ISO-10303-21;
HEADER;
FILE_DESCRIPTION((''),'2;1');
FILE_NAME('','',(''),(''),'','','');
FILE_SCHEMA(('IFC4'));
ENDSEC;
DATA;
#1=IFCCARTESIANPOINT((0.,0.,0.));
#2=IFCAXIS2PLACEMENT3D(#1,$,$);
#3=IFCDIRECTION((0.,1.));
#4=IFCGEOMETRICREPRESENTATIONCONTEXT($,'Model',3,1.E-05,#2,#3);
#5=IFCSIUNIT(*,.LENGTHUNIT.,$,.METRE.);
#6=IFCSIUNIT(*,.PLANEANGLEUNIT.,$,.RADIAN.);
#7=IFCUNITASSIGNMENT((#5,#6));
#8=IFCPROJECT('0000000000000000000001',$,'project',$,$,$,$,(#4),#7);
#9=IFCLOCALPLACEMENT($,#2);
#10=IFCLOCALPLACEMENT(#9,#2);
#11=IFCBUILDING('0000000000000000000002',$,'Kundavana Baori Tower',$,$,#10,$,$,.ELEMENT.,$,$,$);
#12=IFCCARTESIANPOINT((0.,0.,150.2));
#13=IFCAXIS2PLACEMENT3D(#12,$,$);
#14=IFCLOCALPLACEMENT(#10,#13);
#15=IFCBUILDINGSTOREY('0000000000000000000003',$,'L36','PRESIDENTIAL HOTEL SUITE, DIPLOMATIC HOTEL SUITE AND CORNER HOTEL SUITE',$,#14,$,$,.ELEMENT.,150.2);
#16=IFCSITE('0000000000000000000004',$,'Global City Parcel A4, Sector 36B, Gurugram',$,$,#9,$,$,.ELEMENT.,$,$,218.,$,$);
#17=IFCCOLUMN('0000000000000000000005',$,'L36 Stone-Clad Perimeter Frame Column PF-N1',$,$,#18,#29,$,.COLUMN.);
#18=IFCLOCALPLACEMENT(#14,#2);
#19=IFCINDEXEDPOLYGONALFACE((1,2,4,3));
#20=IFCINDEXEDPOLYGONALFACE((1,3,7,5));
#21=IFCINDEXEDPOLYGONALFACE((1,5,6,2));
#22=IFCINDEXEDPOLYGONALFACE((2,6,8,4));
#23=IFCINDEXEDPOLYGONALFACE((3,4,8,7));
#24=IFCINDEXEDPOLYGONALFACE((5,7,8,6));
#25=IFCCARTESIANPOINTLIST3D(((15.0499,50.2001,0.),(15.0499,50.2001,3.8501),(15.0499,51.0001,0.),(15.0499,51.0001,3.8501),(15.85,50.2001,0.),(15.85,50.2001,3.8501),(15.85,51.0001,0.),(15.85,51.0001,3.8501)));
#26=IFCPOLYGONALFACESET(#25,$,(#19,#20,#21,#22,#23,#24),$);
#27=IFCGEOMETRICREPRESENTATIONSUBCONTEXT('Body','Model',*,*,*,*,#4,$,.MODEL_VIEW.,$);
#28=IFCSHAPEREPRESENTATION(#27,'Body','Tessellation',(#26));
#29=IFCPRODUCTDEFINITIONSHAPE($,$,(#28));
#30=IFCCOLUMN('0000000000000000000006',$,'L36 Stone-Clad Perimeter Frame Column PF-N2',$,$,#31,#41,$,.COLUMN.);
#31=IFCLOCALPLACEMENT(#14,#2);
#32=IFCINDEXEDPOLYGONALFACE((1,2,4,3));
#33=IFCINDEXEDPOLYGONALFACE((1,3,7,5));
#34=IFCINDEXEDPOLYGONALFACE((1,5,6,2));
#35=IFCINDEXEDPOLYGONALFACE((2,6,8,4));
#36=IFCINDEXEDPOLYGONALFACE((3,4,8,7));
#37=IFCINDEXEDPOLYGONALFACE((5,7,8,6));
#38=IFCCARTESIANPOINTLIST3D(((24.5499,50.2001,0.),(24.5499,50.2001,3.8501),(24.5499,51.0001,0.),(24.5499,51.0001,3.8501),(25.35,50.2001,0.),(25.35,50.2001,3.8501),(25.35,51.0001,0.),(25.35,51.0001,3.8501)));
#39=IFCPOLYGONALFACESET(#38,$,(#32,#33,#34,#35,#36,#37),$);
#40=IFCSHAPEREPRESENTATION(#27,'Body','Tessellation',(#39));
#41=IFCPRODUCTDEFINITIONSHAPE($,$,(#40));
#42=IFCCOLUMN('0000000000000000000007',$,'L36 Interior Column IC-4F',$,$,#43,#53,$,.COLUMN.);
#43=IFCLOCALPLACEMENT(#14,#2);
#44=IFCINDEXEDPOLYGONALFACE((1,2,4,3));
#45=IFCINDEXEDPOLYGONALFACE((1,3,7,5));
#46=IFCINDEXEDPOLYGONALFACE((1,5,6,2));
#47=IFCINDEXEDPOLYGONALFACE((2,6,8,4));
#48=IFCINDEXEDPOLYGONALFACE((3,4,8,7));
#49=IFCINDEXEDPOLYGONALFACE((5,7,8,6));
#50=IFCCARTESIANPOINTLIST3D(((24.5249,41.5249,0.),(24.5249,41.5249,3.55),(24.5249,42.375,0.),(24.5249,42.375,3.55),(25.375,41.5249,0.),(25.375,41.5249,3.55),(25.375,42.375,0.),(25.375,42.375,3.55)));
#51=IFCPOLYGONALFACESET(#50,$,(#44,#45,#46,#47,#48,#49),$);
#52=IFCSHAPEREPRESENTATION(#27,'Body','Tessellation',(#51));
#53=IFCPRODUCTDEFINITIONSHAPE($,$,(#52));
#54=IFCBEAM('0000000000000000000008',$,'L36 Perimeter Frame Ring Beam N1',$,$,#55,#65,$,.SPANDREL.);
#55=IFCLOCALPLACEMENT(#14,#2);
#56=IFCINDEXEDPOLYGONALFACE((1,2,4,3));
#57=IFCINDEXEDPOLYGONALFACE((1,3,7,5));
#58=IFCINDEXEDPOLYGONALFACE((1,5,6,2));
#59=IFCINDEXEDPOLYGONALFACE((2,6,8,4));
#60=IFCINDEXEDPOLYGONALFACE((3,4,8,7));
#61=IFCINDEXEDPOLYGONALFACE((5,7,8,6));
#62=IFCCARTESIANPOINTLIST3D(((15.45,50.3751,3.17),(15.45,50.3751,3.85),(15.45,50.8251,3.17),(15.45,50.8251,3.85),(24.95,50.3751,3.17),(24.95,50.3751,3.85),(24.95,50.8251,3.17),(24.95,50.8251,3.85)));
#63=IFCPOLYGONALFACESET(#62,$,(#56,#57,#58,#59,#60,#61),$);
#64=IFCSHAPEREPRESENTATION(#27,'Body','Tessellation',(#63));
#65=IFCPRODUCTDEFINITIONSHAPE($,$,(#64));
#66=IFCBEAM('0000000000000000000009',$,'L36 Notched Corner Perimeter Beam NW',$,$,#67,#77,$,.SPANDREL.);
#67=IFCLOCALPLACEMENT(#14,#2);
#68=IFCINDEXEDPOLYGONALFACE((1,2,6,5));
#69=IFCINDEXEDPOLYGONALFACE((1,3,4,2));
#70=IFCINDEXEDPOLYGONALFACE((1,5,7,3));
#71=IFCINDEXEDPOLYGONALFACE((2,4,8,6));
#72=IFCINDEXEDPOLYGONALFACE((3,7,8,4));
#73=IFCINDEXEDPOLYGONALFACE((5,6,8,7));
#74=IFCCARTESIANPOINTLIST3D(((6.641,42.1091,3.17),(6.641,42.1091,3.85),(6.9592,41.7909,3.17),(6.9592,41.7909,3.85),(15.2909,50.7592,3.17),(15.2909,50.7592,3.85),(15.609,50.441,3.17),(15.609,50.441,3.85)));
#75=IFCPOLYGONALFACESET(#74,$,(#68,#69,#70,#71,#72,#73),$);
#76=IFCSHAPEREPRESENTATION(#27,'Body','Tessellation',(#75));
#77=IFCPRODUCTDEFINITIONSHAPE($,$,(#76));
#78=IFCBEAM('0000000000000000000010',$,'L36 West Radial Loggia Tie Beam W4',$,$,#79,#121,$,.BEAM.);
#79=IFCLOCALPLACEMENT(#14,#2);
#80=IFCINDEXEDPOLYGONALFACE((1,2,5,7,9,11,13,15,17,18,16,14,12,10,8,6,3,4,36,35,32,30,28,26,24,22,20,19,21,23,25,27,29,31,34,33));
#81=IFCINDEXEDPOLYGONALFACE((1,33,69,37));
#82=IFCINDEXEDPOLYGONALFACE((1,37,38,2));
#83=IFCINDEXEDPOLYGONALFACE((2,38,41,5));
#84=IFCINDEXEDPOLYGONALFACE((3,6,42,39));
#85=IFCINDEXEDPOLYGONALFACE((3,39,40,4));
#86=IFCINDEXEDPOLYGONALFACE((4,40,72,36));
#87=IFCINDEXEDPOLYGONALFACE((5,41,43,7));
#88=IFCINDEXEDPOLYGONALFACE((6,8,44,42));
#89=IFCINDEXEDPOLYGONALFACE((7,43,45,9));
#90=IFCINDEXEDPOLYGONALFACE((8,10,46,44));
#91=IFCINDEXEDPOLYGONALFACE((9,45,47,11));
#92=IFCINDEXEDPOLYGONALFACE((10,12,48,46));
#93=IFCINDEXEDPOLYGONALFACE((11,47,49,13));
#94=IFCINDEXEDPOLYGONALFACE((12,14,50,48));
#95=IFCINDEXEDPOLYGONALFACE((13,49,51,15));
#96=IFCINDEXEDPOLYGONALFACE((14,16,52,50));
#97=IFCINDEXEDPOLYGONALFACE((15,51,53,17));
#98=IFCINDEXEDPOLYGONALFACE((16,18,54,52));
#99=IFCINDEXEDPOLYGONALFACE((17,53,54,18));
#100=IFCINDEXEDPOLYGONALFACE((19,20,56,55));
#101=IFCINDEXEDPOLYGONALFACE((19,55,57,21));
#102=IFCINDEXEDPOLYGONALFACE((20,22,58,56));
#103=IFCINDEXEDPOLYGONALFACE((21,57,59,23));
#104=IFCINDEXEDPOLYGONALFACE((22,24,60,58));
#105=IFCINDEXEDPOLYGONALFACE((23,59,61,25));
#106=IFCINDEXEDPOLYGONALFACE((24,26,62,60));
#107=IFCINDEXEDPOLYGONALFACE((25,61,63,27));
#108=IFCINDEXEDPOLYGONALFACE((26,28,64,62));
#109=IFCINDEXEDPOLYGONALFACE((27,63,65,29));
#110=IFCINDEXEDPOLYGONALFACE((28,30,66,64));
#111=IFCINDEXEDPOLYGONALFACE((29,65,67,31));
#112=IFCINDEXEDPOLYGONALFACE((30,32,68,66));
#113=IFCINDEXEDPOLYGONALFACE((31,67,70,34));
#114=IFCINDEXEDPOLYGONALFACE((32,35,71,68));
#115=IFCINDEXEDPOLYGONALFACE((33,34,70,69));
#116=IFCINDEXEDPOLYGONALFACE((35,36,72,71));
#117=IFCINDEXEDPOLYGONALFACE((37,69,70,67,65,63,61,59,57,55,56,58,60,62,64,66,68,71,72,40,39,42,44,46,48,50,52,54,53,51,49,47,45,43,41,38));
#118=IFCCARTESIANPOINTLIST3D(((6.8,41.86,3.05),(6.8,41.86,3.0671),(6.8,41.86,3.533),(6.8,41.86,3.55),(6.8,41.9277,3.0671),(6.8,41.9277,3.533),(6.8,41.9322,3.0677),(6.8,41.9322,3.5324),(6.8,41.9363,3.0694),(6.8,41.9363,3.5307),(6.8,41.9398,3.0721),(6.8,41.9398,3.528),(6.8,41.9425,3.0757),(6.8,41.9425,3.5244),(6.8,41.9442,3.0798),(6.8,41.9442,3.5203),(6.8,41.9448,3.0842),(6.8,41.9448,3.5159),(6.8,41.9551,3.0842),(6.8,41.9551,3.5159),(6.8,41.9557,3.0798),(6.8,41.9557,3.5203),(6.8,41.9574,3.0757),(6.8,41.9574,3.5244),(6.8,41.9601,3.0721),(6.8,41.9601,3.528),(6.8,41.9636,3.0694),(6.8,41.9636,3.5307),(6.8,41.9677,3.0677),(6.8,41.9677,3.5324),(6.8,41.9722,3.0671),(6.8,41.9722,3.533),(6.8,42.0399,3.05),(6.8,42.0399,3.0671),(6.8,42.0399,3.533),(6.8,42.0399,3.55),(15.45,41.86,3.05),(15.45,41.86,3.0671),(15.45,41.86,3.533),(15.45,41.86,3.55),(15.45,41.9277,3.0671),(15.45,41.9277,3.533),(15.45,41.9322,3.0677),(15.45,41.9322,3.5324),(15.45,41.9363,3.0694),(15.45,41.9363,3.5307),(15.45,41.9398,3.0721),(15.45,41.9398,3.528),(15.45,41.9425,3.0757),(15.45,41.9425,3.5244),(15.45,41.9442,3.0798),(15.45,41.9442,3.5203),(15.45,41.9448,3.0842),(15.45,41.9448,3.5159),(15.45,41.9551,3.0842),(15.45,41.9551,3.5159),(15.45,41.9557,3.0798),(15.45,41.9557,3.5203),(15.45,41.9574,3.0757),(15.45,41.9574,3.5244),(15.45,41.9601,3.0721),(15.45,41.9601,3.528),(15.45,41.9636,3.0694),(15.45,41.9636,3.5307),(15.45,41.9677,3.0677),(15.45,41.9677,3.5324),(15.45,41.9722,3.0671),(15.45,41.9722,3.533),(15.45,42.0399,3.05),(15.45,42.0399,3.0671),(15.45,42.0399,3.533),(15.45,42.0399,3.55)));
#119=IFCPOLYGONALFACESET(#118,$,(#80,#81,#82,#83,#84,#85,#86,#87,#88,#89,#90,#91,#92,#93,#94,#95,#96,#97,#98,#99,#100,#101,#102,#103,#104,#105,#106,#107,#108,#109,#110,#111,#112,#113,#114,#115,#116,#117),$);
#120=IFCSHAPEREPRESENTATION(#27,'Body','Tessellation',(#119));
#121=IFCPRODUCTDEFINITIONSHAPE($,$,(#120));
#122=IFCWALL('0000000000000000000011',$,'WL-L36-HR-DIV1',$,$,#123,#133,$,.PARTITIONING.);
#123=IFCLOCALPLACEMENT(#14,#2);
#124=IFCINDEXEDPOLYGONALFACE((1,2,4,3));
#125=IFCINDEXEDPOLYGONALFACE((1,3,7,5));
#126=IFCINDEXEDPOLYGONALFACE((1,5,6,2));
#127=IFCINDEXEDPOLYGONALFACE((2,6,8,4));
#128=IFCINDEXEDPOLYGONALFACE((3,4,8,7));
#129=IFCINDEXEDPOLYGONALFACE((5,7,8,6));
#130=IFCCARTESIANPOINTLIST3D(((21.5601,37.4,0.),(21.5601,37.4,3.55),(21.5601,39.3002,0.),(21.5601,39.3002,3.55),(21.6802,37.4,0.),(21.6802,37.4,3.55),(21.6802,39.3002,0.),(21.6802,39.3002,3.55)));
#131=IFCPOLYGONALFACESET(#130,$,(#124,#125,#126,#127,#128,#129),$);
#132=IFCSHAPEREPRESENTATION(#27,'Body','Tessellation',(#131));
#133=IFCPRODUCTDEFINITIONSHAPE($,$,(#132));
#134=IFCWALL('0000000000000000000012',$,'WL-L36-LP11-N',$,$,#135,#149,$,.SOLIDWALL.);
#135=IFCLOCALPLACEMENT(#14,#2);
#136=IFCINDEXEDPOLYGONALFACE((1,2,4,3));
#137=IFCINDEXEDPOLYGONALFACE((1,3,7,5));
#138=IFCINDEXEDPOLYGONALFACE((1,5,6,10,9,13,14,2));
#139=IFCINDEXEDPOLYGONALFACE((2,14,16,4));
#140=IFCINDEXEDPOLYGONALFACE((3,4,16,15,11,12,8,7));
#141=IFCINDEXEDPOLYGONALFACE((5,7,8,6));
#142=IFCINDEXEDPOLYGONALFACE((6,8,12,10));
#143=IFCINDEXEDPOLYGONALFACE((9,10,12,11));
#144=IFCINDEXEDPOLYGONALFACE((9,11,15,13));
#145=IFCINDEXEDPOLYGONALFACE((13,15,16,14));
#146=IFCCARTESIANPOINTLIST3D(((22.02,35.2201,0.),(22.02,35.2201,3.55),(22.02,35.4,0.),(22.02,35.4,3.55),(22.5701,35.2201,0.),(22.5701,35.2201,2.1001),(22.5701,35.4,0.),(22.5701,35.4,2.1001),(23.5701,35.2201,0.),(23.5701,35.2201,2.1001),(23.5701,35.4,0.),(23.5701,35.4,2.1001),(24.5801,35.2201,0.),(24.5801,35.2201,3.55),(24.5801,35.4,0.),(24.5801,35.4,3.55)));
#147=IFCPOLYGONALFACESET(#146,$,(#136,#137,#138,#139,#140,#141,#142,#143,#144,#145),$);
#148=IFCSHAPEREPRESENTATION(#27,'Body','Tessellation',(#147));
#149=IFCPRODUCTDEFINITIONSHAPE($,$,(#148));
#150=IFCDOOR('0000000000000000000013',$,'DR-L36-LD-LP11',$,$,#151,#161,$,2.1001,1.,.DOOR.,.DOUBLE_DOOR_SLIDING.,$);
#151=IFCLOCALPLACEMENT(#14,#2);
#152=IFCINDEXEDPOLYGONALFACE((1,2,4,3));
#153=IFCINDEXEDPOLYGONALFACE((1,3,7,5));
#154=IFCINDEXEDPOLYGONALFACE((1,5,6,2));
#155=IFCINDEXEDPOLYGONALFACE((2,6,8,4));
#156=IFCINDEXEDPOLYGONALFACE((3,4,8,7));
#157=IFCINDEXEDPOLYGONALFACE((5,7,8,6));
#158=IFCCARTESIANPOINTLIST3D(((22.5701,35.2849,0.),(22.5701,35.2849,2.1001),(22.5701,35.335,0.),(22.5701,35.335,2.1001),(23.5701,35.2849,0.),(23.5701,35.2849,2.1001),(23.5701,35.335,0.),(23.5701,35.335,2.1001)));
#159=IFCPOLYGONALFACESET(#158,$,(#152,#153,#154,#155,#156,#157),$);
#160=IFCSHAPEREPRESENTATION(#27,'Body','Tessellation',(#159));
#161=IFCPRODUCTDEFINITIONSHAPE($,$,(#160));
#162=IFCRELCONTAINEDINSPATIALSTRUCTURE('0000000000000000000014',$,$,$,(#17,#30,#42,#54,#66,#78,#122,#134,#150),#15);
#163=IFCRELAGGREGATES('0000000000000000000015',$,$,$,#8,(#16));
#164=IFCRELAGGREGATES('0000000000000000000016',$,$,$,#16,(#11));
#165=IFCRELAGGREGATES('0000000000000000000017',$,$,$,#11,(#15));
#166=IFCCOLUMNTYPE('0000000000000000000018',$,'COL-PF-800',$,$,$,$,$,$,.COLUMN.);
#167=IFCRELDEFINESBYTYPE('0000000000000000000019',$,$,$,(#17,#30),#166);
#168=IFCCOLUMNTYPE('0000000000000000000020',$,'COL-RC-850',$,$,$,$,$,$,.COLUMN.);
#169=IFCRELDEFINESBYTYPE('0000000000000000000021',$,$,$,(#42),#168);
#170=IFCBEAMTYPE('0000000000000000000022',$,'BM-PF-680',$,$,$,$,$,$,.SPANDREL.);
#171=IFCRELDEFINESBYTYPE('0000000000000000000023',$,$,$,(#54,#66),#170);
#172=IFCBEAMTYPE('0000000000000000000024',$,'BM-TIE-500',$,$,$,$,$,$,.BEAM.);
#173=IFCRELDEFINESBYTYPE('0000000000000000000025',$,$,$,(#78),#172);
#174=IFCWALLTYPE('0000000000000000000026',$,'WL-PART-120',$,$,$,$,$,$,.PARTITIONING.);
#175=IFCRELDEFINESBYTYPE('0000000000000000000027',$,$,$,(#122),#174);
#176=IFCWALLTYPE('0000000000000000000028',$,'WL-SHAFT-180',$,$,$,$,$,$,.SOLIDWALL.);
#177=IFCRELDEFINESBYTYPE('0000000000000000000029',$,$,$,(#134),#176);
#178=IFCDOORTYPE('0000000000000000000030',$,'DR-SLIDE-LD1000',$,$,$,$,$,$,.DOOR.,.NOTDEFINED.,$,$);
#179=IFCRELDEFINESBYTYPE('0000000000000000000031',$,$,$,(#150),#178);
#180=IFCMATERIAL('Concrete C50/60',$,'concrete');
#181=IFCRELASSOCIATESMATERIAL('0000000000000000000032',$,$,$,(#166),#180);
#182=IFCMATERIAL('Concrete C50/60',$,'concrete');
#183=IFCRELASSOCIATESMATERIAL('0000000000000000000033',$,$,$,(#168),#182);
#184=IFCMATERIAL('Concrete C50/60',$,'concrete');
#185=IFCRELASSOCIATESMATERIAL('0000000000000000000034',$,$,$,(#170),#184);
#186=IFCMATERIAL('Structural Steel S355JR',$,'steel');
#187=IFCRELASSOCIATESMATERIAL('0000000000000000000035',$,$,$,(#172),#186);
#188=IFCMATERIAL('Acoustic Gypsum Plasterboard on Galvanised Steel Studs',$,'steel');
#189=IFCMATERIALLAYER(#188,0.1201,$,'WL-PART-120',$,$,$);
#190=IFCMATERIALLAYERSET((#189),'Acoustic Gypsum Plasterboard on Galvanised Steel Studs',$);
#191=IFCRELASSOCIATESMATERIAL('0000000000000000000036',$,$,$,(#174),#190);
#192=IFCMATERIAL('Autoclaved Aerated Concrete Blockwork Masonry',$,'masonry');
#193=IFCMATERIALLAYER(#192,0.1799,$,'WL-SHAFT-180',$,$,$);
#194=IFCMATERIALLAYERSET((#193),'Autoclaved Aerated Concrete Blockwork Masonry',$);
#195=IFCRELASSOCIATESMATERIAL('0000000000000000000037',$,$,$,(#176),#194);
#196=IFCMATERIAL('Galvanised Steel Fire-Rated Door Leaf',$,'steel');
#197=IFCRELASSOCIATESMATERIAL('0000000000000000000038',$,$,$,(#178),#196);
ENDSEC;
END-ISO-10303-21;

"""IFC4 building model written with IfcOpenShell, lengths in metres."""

from ifc_helpers import new_model, si_unit, direction, frame, frame_2d, origin, origin_2d, place, context, subcontext, project, spatial, rectangle, i_section, extrude, material, layer, layer_set, material_profile, profile_set, type_object, element, fill, save


model = new_model("IFC4")

# Units and contexts
model_context = context("Model", 3, precision=1e-05, world=origin(), true_north=direction((0.0, 1.0)))
body_context = subcontext(model_context, "Body", "Model", "MODEL_VIEW")
ifc_project = project(units=[si_unit("LENGTHUNIT", "METRE"), si_unit("PLANEANGLEUNIT", "RADIAN")], contexts=[model_context])

# Site, building, storey
site_placement = place(None, origin())
site = spatial("IfcSite", under=ifc_project, at=site_placement, Name="Global City Parcel A4, Sector 36B, Gurugram", CompositionType="ELEMENT", RefElevation=218.0)
building_placement = place(site_placement, origin())
building = spatial("IfcBuilding", under=site, at=building_placement, Name="Kundavana Baori Tower", CompositionType="ELEMENT")
storey_placement = place(building_placement, frame((0.0, 0.0, 150.2)))
storey = spatial("IfcBuildingStorey", under=building, at=storey_placement, Name="L36", Description="PRESIDENTIAL HOTEL SUITE, DIPLOMATIC HOTEL SUITE AND CORNER HOTEL SUITE", CompositionType="ELEMENT", Elevation=150.2)

# Columns
ifc_material_1 = material(Name="Concrete C50/60", Category="concrete")
ifc_material_profile_1 = material_profile(ifc_material_1, rectangle(XDim=0.8, YDim=0.8, at=origin_2d()), Name="RC PF 800x800")
ifc_profile_set_1 = profile_set([ifc_material_profile_1], Name="Concrete C50/60")
column_type_1 = type_object("IfcColumnType", Name="COL-PF-800", PredefinedType="COLUMN", material=ifc_profile_set_1)
for number, where, z_axis, x_axis, name in (
    (1, (15.45, 50.6001, 0.0), (0.0, 0.0, 1.0), (1.0, 0.0, 0.0), "L36 Stone-Clad Perimeter Frame Column PF-N1"),
    (2, (24.95, 50.6001, 0.0), (0.0, 0.0, 1.0), (1.0, 0.0, 0.0), "L36 Stone-Clad Perimeter Frame Column PF-N2"),
):
    element("IfcColumn", number, at=place(storey_placement, frame(where, z_axis=z_axis, x_axis=x_axis)), inside=storey, type_object=column_type_1, Name=name, PredefinedType="COLUMN", context=body_context, shape_type="SweptSolid", body=[
        extrude(rectangle(XDim=0.8, YDim=0.8, at=origin_2d()), origin(), (0.0, 0.0, 1.0), 3.8501),
    ])
ifc_material_2 = material(Name="Concrete C50/60", Category="concrete")
ifc_material_profile_2 = material_profile(ifc_material_2, rectangle(XDim=0.8501, YDim=0.8501, at=origin_2d()), Name="RC 850x850")
ifc_profile_set_2 = profile_set([ifc_material_profile_2], Name="Concrete C50/60")
column_type_2 = type_object("IfcColumnType", Name="COL-RC-850", PredefinedType="COLUMN", material=ifc_profile_set_2)
column_placement = place(storey_placement, frame((24.95, 41.95, 0.0), z_axis=(0.0, 0.0, 1.0), x_axis=(1.0, 0.0, 0.0)))
element("IfcColumn", 3, at=column_placement, inside=storey, type_object=column_type_2, Name="L36 Interior Column IC-4F", PredefinedType="COLUMN", context=body_context, shape_type="SweptSolid", body=[
    extrude(rectangle(XDim=0.8501, YDim=0.8501, at=origin_2d()), origin(), (0.0, 0.0, 1.0), 3.55),
])

# Beams
ifc_material_3 = material(Name="Concrete C50/60", Category="concrete")
ifc_material_profile_3 = material_profile(ifc_material_3, rectangle(XDim=0.45, YDim=0.6799, at=origin_2d()), Name="RC BM 450x680")
ifc_profile_set_3 = profile_set([ifc_material_profile_3], Name="Concrete C50/60")
beam_type_1 = type_object("IfcBeamType", Name="BM-PF-680", PredefinedType="SPANDREL", material=ifc_profile_set_3)
beam_1_placement = place(storey_placement, frame((15.45, 50.6001, 3.51), z_axis=(1.0, 0.0, 0.0), x_axis=(0.0, 1.0, 0.0)))
element("IfcBeam", 4, at=beam_1_placement, inside=storey, type_object=beam_type_1, Name="L36 Perimeter Frame Ring Beam N1", PredefinedType="SPANDREL", context=body_context, shape_type="SweptSolid", body=[
    extrude(rectangle(XDim=0.45, YDim=0.6799, at=origin_2d()), origin(), (0.0, 0.0, 1.0), 9.5),
])
beam_2_placement = place(storey_placement, frame((15.45, 50.6001, 3.51), z_axis=(-0.707097, -0.707117, 0.0), x_axis=(0.707117, -0.707097, 0.0)))
element("IfcBeam", 5, at=beam_2_placement, inside=storey, type_object=beam_type_1, Name="L36 Notched Corner Perimeter Beam NW", PredefinedType="SPANDREL", context=body_context, shape_type="SweptSolid", body=[
    extrude(rectangle(XDim=0.45, YDim=0.6799, at=origin_2d()), origin(), (0.0, 0.0, 1.0), 12.2329),
])
ifc_material_4 = material(Name="Structural Steel S355JR", Category="steel")
ifc_material_profile_4 = material_profile(ifc_material_4, i_section(OverallWidth=0.1799, OverallDepth=0.5, WebThickness=0.0103, FlangeThickness=0.0171, FilletRadius=0.0171, at=origin_2d()), Name="ISMB 500")
ifc_profile_set_4 = profile_set([ifc_material_profile_4], Name="Structural Steel S355JR")
beam_type_2 = type_object("IfcBeamType", Name="BM-TIE-500", PredefinedType="BEAM", material=ifc_profile_set_4)
beam_3_placement = place(storey_placement, frame((15.45, 41.95, 3.3), z_axis=(-1.0, 0.0, 0.0), x_axis=(0.0, -1.0, 0.0)))
element("IfcBeam", 6, at=beam_3_placement, inside=storey, type_object=beam_type_2, Name="L36 West Radial Loggia Tie Beam W4", PredefinedType="BEAM", context=body_context, shape_type="SweptSolid", body=[
    extrude(i_section(OverallWidth=0.1799, OverallDepth=0.5, WebThickness=0.0103, FlangeThickness=0.0171, FilletRadius=0.0171, at=origin_2d()), origin(), (0.0, 0.0, 1.0), 8.6499),
])

# Wall
ifc_material_5 = material(Name="Acoustic Gypsum Plasterboard on Galvanised Steel Studs", Category="steel")
ifc_layer_1 = layer(ifc_material_5, 0.1201, Name="WL-PART-120")
ifc_layer_set_1 = layer_set([ifc_layer_1], Name="Acoustic Gypsum Plasterboard on Galvanised Steel Studs")
wall_type_1 = type_object("IfcWallType", Name="WL-PART-120", PredefinedType="PARTITIONING", material=ifc_layer_set_1)
wall_1_placement = place(storey_placement, frame((21.6201, 37.3999, 0.0), z_axis=(0.0, 0.0, 1.0), x_axis=(0.0, 1.0, 0.0)))
element("IfcWall", 7, at=wall_1_placement, inside=storey, type_object=wall_type_1, Name="WL-L36-HR-DIV1", PredefinedType="PARTITIONING", context=body_context, shape_type="SweptSolid", body=[
    extrude(rectangle(XDim=1.9001, YDim=0.1201, at=frame_2d((0.9502, 0.0))), origin(), (0.0, 0.0, 1.0), 3.55),
])

# Wall, opening, door
ifc_material_6 = material(Name="Autoclaved Aerated Concrete Blockwork Masonry", Category="masonry")
ifc_layer_2 = layer(ifc_material_6, 0.1799, Name="WL-SHAFT-180")
ifc_layer_set_2 = layer_set([ifc_layer_2], Name="Autoclaved Aerated Concrete Blockwork Masonry")
wall_type_2 = type_object("IfcWallType", Name="WL-SHAFT-180", PredefinedType="SOLIDWALL", material=ifc_layer_set_2)
wall_2_placement = place(storey_placement, frame((22.02, 35.3101, 0.0), z_axis=(0.0, 0.0, 1.0), x_axis=(1.0, 0.0, 0.0)))
wall_2 = element("IfcWall", 8, at=wall_2_placement, inside=storey, type_object=wall_type_2, Name="WL-L36-LP11-N", PredefinedType="SOLIDWALL", context=body_context, shape_type="SweptSolid", body=[
    extrude(rectangle(XDim=2.5601, YDim=0.1799, at=frame_2d((1.28, 0.0))), origin(), (0.0, 0.0, 1.0), 3.55),
])
opening_1_placement = place(wall_2_placement, frame((0.55, 0.0, 0.0)))
opening_1 = element("IfcOpeningElement", 9, at=opening_1_placement, cuts=wall_2, PredefinedType="OPENING", context=body_context, shape_type="SweptSolid", body=[
    extrude(rectangle(XDim=1.0, YDim=2.1001, at=frame_2d((0.5, 1.05))), frame((0.0, 0.1001, 0.0), z_axis=(0.0, -1.0, 0.0), x_axis=(1.0, 0.0, 0.0)), (0.0, 0.0, 1.0), 0.2),
])
ifc_material_7 = material(Name="Galvanised Steel Fire-Rated Door Leaf", Category="steel")
door_type = type_object("IfcDoorType", Name="DR-SLIDE-LD1000", OperationType="NOTDEFINED", PredefinedType="DOOR", material=ifc_material_7)
door_1_placement = place(opening_1_placement, origin())
door_1 = element("IfcDoor", 10, at=door_1_placement, inside=storey, type_object=door_type, Name="DR-L36-LD-LP11", OperationType="DOUBLE_DOOR_SLIDING", OverallHeight=2.1001, OverallWidth=1.0, PredefinedType="DOOR", context=body_context, shape_type="SweptSolid", body=[
    extrude(rectangle(XDim=1.0, YDim=2.1001, at=frame_2d((0.5, 1.05))), frame((0.0, 0.0249, 0.0), z_axis=(0.0, -1.0, 0.0), x_axis=(1.0, 0.0, 0.0)), (0.0, 0.0, 1.0), 0.05),
])
fill(opening_1, door_1)

save(model, "model.ifc")
